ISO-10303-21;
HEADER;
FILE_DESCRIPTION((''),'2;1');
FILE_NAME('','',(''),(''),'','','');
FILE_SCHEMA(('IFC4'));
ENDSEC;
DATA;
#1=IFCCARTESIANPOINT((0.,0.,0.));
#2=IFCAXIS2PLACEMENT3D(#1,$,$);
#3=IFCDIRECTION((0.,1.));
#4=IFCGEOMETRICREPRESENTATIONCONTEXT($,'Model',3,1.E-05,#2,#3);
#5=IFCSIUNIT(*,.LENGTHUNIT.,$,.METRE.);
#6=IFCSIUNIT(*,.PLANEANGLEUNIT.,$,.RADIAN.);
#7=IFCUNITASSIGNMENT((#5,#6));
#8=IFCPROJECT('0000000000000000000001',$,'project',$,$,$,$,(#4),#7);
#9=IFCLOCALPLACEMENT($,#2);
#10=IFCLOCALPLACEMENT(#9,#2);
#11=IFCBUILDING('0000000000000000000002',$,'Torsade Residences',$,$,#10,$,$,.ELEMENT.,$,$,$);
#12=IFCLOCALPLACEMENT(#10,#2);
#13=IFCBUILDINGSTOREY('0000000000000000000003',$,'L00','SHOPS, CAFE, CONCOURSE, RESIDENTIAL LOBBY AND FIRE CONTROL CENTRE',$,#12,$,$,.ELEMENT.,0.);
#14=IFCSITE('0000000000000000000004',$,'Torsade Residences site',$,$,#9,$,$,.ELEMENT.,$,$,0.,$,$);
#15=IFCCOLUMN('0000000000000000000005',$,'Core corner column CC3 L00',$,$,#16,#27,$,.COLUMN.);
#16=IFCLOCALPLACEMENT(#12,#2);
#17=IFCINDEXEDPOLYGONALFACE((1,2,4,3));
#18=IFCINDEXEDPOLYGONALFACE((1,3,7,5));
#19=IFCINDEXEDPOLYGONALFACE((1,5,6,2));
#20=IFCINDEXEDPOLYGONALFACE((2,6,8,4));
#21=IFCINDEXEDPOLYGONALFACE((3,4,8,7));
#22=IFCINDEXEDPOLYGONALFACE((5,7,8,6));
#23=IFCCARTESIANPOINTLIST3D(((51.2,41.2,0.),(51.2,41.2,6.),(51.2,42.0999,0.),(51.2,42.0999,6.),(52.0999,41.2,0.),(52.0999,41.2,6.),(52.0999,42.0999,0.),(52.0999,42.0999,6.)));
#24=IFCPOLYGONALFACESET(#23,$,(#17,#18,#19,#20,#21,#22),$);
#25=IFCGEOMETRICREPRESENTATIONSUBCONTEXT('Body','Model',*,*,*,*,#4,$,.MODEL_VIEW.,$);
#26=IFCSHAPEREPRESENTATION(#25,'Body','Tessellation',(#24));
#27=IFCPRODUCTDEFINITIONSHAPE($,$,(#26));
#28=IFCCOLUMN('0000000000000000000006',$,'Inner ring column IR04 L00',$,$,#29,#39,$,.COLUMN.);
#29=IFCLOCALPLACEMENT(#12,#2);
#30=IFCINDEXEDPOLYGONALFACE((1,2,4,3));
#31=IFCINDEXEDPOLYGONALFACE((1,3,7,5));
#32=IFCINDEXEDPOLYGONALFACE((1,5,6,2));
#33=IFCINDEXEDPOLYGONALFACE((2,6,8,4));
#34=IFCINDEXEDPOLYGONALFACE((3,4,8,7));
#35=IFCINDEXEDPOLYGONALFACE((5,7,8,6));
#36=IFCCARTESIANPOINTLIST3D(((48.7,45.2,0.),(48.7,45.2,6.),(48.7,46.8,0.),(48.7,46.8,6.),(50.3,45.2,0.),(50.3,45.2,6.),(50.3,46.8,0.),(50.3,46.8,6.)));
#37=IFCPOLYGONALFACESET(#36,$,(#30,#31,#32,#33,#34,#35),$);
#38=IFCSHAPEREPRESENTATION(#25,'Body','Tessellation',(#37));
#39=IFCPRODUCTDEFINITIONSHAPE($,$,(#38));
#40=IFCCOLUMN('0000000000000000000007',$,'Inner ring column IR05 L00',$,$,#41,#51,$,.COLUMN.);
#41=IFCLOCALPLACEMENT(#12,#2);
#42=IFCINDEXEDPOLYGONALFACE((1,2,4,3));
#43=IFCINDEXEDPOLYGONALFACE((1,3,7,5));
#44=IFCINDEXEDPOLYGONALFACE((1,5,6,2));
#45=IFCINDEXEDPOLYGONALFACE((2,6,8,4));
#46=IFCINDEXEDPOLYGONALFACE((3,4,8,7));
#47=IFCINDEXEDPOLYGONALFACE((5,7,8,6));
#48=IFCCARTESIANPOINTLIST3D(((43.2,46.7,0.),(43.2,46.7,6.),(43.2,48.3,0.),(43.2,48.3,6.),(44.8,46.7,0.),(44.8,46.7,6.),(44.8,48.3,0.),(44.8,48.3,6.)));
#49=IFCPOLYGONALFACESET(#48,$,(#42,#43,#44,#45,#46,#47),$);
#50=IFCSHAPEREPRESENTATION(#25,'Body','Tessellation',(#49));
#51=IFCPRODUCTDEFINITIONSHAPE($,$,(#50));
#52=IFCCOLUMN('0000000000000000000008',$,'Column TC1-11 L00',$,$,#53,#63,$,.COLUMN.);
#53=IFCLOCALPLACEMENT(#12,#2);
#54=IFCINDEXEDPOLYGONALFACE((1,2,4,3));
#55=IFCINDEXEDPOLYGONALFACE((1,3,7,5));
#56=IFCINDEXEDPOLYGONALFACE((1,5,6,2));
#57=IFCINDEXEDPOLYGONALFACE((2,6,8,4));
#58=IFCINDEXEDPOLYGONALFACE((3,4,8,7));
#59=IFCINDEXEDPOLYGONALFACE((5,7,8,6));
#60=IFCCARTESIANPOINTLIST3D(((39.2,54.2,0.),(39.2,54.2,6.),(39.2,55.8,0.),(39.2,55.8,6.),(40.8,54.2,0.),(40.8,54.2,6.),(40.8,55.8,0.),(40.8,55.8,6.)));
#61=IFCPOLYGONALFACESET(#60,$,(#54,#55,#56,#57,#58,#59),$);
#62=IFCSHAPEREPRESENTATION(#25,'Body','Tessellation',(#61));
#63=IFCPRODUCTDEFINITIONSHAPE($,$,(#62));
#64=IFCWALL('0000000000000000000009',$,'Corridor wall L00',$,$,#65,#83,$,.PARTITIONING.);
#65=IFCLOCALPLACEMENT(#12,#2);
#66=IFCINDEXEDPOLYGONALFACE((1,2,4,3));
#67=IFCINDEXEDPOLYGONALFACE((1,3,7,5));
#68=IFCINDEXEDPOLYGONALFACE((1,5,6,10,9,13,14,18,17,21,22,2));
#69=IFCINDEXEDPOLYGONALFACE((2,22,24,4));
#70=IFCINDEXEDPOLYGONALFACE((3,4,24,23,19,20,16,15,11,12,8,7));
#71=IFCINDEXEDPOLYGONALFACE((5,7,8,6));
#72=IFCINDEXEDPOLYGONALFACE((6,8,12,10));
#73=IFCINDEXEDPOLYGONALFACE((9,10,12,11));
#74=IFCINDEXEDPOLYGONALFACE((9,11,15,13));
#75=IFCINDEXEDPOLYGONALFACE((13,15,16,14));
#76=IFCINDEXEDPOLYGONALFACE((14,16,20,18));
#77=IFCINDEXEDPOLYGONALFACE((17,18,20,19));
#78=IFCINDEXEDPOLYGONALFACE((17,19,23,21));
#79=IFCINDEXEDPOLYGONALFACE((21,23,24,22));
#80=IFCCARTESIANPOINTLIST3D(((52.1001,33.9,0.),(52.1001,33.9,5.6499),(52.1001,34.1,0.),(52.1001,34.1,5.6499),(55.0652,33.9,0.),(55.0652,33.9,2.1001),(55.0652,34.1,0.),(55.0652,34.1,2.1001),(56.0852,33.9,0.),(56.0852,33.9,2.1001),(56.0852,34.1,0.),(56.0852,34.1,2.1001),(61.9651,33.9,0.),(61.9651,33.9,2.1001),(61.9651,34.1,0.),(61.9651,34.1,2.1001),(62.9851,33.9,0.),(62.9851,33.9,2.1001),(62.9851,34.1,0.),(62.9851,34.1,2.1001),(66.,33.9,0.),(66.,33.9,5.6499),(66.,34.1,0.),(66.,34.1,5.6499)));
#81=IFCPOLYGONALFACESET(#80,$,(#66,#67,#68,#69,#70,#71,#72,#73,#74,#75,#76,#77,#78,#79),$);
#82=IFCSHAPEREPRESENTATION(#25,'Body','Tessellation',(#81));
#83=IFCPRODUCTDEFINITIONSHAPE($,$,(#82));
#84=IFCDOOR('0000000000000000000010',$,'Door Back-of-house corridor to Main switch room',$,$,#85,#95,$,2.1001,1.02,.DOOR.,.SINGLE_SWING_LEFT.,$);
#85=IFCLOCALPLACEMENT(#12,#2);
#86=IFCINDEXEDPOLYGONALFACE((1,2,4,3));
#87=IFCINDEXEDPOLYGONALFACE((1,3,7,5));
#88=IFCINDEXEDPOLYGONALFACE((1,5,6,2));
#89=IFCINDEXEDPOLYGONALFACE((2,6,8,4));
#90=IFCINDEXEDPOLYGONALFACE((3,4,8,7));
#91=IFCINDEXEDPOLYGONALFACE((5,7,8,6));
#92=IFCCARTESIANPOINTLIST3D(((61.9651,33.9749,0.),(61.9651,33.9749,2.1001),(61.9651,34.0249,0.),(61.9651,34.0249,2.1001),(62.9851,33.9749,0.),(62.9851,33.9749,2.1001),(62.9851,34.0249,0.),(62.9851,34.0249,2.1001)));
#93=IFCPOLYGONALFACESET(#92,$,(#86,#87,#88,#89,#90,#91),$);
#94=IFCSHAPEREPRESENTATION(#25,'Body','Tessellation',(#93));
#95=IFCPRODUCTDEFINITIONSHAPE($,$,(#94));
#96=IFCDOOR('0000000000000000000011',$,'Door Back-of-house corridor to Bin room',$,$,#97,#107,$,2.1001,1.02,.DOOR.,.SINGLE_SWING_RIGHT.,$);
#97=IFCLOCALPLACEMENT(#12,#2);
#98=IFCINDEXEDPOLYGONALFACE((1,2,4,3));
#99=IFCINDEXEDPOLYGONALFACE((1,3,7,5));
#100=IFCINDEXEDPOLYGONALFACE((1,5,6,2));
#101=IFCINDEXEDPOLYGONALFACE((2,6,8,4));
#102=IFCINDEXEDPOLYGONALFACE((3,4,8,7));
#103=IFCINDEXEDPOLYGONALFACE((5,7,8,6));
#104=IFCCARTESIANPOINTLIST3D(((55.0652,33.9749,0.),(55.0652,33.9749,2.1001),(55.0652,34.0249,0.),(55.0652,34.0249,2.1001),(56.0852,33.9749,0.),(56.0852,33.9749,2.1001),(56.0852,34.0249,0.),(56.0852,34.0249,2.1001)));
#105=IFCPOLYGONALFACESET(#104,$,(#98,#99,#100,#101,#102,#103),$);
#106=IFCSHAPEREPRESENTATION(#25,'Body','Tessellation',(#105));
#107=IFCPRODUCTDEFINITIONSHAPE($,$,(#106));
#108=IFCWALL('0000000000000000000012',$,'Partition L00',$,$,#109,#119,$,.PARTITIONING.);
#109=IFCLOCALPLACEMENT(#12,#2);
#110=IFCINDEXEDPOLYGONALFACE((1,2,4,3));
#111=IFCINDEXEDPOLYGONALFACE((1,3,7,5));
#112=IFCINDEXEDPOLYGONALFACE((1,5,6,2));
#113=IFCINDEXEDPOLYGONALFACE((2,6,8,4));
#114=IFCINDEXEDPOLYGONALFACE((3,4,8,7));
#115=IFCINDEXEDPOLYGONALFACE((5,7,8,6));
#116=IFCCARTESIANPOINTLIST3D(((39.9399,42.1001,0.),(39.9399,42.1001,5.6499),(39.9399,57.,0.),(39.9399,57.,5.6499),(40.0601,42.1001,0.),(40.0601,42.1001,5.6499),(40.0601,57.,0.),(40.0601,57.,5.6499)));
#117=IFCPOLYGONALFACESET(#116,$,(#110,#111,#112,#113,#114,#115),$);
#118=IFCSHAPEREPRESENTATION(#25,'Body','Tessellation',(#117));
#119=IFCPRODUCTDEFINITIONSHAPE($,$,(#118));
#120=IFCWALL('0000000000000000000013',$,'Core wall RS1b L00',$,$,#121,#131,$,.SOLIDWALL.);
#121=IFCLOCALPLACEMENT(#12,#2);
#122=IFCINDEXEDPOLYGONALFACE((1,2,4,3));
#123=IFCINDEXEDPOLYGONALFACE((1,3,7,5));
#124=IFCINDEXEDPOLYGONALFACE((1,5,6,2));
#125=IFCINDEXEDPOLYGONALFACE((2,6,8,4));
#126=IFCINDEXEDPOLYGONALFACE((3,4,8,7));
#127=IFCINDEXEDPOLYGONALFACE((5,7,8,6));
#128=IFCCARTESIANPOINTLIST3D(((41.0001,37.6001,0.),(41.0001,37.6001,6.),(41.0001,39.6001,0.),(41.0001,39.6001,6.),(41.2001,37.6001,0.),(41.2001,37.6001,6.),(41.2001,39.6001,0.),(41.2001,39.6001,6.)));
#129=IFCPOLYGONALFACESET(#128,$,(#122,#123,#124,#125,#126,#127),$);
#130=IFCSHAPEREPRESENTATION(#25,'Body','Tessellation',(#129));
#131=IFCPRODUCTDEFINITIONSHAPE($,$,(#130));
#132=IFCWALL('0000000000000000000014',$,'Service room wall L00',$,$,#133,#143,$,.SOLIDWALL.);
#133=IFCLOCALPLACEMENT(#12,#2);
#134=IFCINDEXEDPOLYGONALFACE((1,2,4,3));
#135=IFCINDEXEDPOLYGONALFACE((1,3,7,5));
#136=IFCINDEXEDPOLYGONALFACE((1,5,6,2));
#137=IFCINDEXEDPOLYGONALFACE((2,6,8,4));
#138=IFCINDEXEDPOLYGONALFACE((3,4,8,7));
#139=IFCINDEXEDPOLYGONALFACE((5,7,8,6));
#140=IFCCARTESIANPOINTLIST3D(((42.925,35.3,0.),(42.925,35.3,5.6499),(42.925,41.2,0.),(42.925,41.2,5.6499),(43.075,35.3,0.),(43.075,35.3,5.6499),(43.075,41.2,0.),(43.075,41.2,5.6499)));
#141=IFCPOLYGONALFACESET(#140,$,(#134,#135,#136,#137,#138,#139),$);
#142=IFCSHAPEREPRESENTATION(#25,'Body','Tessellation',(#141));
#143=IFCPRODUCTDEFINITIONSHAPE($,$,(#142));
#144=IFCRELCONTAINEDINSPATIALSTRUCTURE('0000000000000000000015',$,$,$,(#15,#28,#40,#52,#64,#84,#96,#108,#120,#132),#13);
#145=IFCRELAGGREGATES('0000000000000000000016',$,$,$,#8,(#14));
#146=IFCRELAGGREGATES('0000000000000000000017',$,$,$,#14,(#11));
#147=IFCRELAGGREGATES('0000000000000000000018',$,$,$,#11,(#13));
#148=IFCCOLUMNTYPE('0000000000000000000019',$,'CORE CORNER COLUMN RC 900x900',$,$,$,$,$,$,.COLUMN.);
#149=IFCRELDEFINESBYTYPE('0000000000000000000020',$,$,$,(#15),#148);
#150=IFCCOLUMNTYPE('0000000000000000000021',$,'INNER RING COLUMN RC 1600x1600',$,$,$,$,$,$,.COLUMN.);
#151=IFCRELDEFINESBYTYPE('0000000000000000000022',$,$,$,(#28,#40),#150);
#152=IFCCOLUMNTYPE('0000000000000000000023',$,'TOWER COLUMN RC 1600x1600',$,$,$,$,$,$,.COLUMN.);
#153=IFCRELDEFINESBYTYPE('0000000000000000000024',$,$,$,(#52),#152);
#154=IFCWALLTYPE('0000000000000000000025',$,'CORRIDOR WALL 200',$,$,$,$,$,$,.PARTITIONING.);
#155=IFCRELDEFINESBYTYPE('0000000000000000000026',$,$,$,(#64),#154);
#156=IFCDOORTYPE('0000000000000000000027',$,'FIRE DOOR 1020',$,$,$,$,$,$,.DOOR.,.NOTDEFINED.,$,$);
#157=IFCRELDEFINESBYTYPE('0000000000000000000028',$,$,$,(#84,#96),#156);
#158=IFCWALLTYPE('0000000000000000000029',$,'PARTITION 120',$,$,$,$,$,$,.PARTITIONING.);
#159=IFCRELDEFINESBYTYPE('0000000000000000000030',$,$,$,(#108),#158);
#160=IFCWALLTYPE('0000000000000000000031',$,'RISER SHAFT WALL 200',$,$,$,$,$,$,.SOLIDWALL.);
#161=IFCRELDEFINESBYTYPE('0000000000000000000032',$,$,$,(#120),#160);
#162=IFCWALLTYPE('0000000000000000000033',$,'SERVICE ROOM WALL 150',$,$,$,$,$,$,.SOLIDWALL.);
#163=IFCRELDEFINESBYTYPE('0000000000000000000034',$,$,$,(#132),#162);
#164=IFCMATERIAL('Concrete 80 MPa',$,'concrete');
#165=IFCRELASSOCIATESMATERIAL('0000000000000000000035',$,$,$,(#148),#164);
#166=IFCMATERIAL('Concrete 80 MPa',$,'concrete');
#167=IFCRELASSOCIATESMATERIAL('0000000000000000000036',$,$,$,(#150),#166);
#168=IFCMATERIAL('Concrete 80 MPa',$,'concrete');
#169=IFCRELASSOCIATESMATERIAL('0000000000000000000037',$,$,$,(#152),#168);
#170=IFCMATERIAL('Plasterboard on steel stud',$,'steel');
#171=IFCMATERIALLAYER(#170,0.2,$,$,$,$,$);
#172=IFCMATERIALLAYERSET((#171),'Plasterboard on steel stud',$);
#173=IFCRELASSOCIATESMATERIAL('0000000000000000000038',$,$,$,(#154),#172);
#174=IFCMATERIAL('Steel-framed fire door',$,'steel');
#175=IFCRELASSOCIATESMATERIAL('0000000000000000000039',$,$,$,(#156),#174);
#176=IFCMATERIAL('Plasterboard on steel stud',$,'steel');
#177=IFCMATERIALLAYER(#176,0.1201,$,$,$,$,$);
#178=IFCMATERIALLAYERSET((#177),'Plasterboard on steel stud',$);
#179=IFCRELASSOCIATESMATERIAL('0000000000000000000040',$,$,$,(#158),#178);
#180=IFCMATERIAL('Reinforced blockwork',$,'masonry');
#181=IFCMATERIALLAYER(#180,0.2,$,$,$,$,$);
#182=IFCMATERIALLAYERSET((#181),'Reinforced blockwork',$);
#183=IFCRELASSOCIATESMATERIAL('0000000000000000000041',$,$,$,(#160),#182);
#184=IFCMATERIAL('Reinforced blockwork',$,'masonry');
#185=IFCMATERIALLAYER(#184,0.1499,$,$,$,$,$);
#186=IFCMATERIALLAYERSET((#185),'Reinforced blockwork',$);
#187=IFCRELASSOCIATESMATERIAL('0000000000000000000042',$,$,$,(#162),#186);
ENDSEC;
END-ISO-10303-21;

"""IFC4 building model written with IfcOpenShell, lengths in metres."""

from ifc_helpers import new_model, si_unit, direction, frame, frame_2d, origin, origin_2d, place, context, subcontext, project, spatial, rectangle, extrude, material, layer, layer_set, material_profile, profile_set, type_object, element, fill, save


model = new_model("IFC4")

# Units and contexts
model_context = context("Model", 3, precision=1e-05, world=origin(), true_north=direction((0.0, 1.0)))
body_context = subcontext(model_context, "Body", "Model", "MODEL_VIEW")
ifc_project = project(units=[si_unit("LENGTHUNIT", "METRE"), si_unit("PLANEANGLEUNIT", "RADIAN")], contexts=[model_context])

# Site, building, storey
site_placement = place(None, origin())
site = spatial("IfcSite", under=ifc_project, at=site_placement, Name="Torsade Residences site", CompositionType="ELEMENT", RefElevation=0.0)
building_placement = place(site_placement, origin())
building = spatial("IfcBuilding", under=site, at=building_placement, Name="Torsade Residences", CompositionType="ELEMENT")
storey_placement = place(building_placement, origin())
storey = spatial("IfcBuildingStorey", under=building, at=storey_placement, Name="L00", Description="SHOPS, CAFE, CONCOURSE, RESIDENTIAL LOBBY AND FIRE CONTROL CENTRE", CompositionType="ELEMENT", Elevation=0.0)

# Columns
ifc_material_1 = material(Name="Concrete 80 MPa", Category="concrete")
ifc_material_profile_1 = material_profile(ifc_material_1, rectangle(XDim=0.8999, YDim=0.8999, at=origin_2d()), Name="RC 900x900")
ifc_profile_set_1 = profile_set([ifc_material_profile_1], Name="Concrete 80 MPa")
column_type_1 = type_object("IfcColumnType", Name="CORE CORNER COLUMN RC 900x900", PredefinedType="COLUMN", material=ifc_profile_set_1)
column_1_placement = place(storey_placement, frame((51.6499, 41.6499, 0.0), z_axis=(0.0, 0.0, 1.0), x_axis=(1.0, 0.0, 0.0)))
element("IfcColumn", 1, at=column_1_placement, inside=storey, type_object=column_type_1, Name="Core corner column CC3 L00", PredefinedType="COLUMN", context=body_context, shape_type="SweptSolid", body=[
    extrude(rectangle(XDim=0.8999, YDim=0.8999, at=origin_2d()), origin(), (0.0, 0.0, 1.0), 6.0),
])
ifc_material_2 = material(Name="Concrete 80 MPa", Category="concrete")
ifc_material_profile_2 = material_profile(ifc_material_2, rectangle(XDim=1.6001, YDim=1.6001, at=origin_2d()), Name="RC 1600x1600")
ifc_profile_set_2 = profile_set([ifc_material_profile_2], Name="Concrete 80 MPa")
column_type_2 = type_object("IfcColumnType", Name="INNER RING COLUMN RC 1600x1600", PredefinedType="COLUMN", material=ifc_profile_set_2)
for number, where, z_axis, x_axis, name in (
    (2, (49.5, 46.0, 0.0), (0.0, 0.0, 1.0), (1.0, 0.0, 0.0), "Inner ring column IR04 L00"),
    (3, (44.0, 47.5, 0.0), (0.0, 0.0, 1.0), (1.0, 0.0, 0.0), "Inner ring column IR05 L00"),
):
    element("IfcColumn", number, at=place(storey_placement, frame(where, z_axis=z_axis, x_axis=x_axis)), inside=storey, type_object=column_type_2, Name=name, PredefinedType="COLUMN", context=body_context, shape_type="SweptSolid", body=[
        extrude(rectangle(XDim=1.6001, YDim=1.6001, at=origin_2d()), origin(), (0.0, 0.0, 1.0), 6.0),
    ])
ifc_material_3 = material(Name="Concrete 80 MPa", Category="concrete")
ifc_material_profile_3 = material_profile(ifc_material_3, rectangle(XDim=1.6001, YDim=1.6001, at=origin_2d()), Name="RC 1600x1600")
ifc_profile_set_3 = profile_set([ifc_material_profile_3], Name="Concrete 80 MPa")
column_type_3 = type_object("IfcColumnType", Name="TOWER COLUMN RC 1600x1600", PredefinedType="COLUMN", material=ifc_profile_set_3)
column_2_placement = place(storey_placement, frame((40.0, 55.0, 0.0), z_axis=(0.0, 0.0, 1.0), x_axis=(1.0, 0.0, 0.0)))
element("IfcColumn", 4, at=column_2_placement, inside=storey, type_object=column_type_3, Name="Column TC1-11 L00", PredefinedType="COLUMN", context=body_context, shape_type="SweptSolid", body=[
    extrude(rectangle(XDim=1.6001, YDim=1.6001, at=origin_2d()), origin(), (0.0, 0.0, 1.0), 6.0),
])

# Wall, openings, doors
ifc_material_4 = material(Name="Plasterboard on steel stud", Category="steel")
ifc_layer_1 = layer(ifc_material_4, 0.2)
ifc_layer_set_1 = layer_set([ifc_layer_1], Name="Plasterboard on steel stud")
wall_type_1 = type_object("IfcWallType", Name="CORRIDOR WALL 200", PredefinedType="PARTITIONING", material=ifc_layer_set_1)
wall_1_placement = place(storey_placement, frame((52.1001, 34.0, 0.0), z_axis=(0.0, 0.0, 1.0), x_axis=(1.0, 0.0, 0.0)))
wall_1 = element("IfcWall", 5, at=wall_1_placement, inside=storey, type_object=wall_type_1, Name="Corridor wall L00", PredefinedType="PARTITIONING", context=body_context, shape_type="SweptSolid", body=[
    extrude(rectangle(XDim=13.8999, YDim=0.2, at=frame_2d((6.95, 0.0))), origin(), (0.0, 0.0, 1.0), 5.6499),
])
opening_1_placement = place(wall_1_placement, frame((9.865, 0.0, 0.0)))
opening_1 = element("IfcOpeningElement", 6, at=opening_1_placement, cuts=wall_1, PredefinedType="OPENING", context=body_context, shape_type="SweptSolid", body=[
    extrude(rectangle(XDim=1.02, YDim=2.1001, at=frame_2d((0.51, 1.05))), frame((0.0, 0.1099, 0.0), z_axis=(0.0, -1.0, 0.0), x_axis=(1.0, 0.0, 0.0)), (0.0, 0.0, 1.0), 0.22),
])
opening_2_placement = place(wall_1_placement, frame((2.9651, 0.0, 0.0)))
opening_2 = element("IfcOpeningElement", 7, at=opening_2_placement, cuts=wall_1, PredefinedType="OPENING", context=body_context, shape_type="SweptSolid", body=[
    extrude(rectangle(XDim=1.02, YDim=2.1001, at=frame_2d((0.51, 1.05))), frame((0.0, 0.1099, 0.0), z_axis=(0.0, -1.0, 0.0), x_axis=(1.0, 0.0, 0.0)), (0.0, 0.0, 1.0), 0.22),
])
ifc_material_5 = material(Name="Steel-framed fire door", Category="steel")
door_type_1 = type_object("IfcDoorType", Name="FIRE DOOR 1020", OperationType="NOTDEFINED", PredefinedType="DOOR", material=ifc_material_5)
door_1_placement = place(opening_1_placement, origin())
door_1 = element("IfcDoor", 8, at=door_1_placement, inside=storey, type_object=door_type_1, Name="Door Back-of-house corridor to Main switch room", OperationType="SINGLE_SWING_LEFT", OverallHeight=2.1001, OverallWidth=1.02, PredefinedType="DOOR", context=body_context, shape_type="SweptSolid", body=[
    extrude(rectangle(XDim=1.02, YDim=2.1001, at=frame_2d((0.51, 1.05))), frame((0.0, 0.0249, 0.0), z_axis=(0.0, -1.0, 0.0), x_axis=(1.0, 0.0, 0.0)), (0.0, 0.0, 1.0), 0.05),
])
fill(opening_1, door_1)
door_2_placement = place(opening_2_placement, origin())
door_2 = element("IfcDoor", 9, at=door_2_placement, inside=storey, type_object=door_type_1, Name="Door Back-of-house corridor to Bin room", OperationType="SINGLE_SWING_RIGHT", OverallHeight=2.1001, OverallWidth=1.02, PredefinedType="DOOR", context=body_context, shape_type="SweptSolid", body=[
    extrude(rectangle(XDim=1.02, YDim=2.1001, at=frame_2d((0.51, 1.05))), frame((0.0, 0.0249, 0.0), z_axis=(0.0, -1.0, 0.0), x_axis=(1.0, 0.0, 0.0)), (0.0, 0.0, 1.0), 0.05),
])
fill(opening_2, door_2)

# Walls
ifc_material_6 = material(Name="Plasterboard on steel stud", Category="steel")
ifc_layer_2 = layer(ifc_material_6, 0.1201)
ifc_layer_set_2 = layer_set([ifc_layer_2], Name="Plasterboard on steel stud")
wall_type_2 = type_object("IfcWallType", Name="PARTITION 120", PredefinedType="PARTITIONING", material=ifc_layer_set_2)
wall_2_placement = place(storey_placement, frame((40.0, 57.0, 0.0), z_axis=(0.0, 0.0, 1.0), x_axis=(0.0, -1.0, 0.0)))
element("IfcWall", 10, at=wall_2_placement, inside=storey, type_object=wall_type_2, Name="Partition L00", PredefinedType="PARTITIONING", context=body_context, shape_type="SweptSolid", body=[
    extrude(rectangle(XDim=14.8999, YDim=0.1201, at=frame_2d((7.45, 0.0))), origin(), (0.0, 0.0, 1.0), 5.6499),
])
ifc_material_7 = material(Name="Reinforced blockwork", Category="masonry")
ifc_layer_3 = layer(ifc_material_7, 0.2)
ifc_layer_set_3 = layer_set([ifc_layer_3], Name="Reinforced blockwork")
wall_type_3 = type_object("IfcWallType", Name="RISER SHAFT WALL 200", PredefinedType="SOLIDWALL", material=ifc_layer_set_3)
wall_3_placement = place(storey_placement, frame((41.1001, 37.6001, 0.0), z_axis=(0.0, 0.0, 1.0), x_axis=(0.0, 1.0, 0.0)))
element("IfcWall", 11, at=wall_3_placement, inside=storey, type_object=wall_type_3, Name="Core wall RS1b L00", PredefinedType="SOLIDWALL", context=body_context, shape_type="SweptSolid", body=[
    extrude(rectangle(XDim=2.0, YDim=0.2, at=frame_2d((1.0, 0.0))), origin(), (0.0, 0.0, 1.0), 6.0),
])
ifc_material_8 = material(Name="Reinforced blockwork", Category="masonry")
ifc_layer_4 = layer(ifc_material_8, 0.1499)
ifc_layer_set_4 = layer_set([ifc_layer_4], Name="Reinforced blockwork")
wall_type_4 = type_object("IfcWallType", Name="SERVICE ROOM WALL 150", PredefinedType="SOLIDWALL", material=ifc_layer_set_4)
wall_4_placement = place(storey_placement, frame((43.0, 41.2, 0.0), z_axis=(0.0, 0.0, 1.0), x_axis=(0.0, -1.0, 0.0)))
element("IfcWall", 12, at=wall_4_placement, inside=storey, type_object=wall_type_4, Name="Service room wall L00", PredefinedType="SOLIDWALL", context=body_context, shape_type="SweptSolid", body=[
    extrude(rectangle(XDim=5.8999, YDim=0.1499, at=frame_2d((2.95, 0.0))), origin(), (0.0, 0.0, 1.0), 5.6499),
])

save(model, "model.ifc")
